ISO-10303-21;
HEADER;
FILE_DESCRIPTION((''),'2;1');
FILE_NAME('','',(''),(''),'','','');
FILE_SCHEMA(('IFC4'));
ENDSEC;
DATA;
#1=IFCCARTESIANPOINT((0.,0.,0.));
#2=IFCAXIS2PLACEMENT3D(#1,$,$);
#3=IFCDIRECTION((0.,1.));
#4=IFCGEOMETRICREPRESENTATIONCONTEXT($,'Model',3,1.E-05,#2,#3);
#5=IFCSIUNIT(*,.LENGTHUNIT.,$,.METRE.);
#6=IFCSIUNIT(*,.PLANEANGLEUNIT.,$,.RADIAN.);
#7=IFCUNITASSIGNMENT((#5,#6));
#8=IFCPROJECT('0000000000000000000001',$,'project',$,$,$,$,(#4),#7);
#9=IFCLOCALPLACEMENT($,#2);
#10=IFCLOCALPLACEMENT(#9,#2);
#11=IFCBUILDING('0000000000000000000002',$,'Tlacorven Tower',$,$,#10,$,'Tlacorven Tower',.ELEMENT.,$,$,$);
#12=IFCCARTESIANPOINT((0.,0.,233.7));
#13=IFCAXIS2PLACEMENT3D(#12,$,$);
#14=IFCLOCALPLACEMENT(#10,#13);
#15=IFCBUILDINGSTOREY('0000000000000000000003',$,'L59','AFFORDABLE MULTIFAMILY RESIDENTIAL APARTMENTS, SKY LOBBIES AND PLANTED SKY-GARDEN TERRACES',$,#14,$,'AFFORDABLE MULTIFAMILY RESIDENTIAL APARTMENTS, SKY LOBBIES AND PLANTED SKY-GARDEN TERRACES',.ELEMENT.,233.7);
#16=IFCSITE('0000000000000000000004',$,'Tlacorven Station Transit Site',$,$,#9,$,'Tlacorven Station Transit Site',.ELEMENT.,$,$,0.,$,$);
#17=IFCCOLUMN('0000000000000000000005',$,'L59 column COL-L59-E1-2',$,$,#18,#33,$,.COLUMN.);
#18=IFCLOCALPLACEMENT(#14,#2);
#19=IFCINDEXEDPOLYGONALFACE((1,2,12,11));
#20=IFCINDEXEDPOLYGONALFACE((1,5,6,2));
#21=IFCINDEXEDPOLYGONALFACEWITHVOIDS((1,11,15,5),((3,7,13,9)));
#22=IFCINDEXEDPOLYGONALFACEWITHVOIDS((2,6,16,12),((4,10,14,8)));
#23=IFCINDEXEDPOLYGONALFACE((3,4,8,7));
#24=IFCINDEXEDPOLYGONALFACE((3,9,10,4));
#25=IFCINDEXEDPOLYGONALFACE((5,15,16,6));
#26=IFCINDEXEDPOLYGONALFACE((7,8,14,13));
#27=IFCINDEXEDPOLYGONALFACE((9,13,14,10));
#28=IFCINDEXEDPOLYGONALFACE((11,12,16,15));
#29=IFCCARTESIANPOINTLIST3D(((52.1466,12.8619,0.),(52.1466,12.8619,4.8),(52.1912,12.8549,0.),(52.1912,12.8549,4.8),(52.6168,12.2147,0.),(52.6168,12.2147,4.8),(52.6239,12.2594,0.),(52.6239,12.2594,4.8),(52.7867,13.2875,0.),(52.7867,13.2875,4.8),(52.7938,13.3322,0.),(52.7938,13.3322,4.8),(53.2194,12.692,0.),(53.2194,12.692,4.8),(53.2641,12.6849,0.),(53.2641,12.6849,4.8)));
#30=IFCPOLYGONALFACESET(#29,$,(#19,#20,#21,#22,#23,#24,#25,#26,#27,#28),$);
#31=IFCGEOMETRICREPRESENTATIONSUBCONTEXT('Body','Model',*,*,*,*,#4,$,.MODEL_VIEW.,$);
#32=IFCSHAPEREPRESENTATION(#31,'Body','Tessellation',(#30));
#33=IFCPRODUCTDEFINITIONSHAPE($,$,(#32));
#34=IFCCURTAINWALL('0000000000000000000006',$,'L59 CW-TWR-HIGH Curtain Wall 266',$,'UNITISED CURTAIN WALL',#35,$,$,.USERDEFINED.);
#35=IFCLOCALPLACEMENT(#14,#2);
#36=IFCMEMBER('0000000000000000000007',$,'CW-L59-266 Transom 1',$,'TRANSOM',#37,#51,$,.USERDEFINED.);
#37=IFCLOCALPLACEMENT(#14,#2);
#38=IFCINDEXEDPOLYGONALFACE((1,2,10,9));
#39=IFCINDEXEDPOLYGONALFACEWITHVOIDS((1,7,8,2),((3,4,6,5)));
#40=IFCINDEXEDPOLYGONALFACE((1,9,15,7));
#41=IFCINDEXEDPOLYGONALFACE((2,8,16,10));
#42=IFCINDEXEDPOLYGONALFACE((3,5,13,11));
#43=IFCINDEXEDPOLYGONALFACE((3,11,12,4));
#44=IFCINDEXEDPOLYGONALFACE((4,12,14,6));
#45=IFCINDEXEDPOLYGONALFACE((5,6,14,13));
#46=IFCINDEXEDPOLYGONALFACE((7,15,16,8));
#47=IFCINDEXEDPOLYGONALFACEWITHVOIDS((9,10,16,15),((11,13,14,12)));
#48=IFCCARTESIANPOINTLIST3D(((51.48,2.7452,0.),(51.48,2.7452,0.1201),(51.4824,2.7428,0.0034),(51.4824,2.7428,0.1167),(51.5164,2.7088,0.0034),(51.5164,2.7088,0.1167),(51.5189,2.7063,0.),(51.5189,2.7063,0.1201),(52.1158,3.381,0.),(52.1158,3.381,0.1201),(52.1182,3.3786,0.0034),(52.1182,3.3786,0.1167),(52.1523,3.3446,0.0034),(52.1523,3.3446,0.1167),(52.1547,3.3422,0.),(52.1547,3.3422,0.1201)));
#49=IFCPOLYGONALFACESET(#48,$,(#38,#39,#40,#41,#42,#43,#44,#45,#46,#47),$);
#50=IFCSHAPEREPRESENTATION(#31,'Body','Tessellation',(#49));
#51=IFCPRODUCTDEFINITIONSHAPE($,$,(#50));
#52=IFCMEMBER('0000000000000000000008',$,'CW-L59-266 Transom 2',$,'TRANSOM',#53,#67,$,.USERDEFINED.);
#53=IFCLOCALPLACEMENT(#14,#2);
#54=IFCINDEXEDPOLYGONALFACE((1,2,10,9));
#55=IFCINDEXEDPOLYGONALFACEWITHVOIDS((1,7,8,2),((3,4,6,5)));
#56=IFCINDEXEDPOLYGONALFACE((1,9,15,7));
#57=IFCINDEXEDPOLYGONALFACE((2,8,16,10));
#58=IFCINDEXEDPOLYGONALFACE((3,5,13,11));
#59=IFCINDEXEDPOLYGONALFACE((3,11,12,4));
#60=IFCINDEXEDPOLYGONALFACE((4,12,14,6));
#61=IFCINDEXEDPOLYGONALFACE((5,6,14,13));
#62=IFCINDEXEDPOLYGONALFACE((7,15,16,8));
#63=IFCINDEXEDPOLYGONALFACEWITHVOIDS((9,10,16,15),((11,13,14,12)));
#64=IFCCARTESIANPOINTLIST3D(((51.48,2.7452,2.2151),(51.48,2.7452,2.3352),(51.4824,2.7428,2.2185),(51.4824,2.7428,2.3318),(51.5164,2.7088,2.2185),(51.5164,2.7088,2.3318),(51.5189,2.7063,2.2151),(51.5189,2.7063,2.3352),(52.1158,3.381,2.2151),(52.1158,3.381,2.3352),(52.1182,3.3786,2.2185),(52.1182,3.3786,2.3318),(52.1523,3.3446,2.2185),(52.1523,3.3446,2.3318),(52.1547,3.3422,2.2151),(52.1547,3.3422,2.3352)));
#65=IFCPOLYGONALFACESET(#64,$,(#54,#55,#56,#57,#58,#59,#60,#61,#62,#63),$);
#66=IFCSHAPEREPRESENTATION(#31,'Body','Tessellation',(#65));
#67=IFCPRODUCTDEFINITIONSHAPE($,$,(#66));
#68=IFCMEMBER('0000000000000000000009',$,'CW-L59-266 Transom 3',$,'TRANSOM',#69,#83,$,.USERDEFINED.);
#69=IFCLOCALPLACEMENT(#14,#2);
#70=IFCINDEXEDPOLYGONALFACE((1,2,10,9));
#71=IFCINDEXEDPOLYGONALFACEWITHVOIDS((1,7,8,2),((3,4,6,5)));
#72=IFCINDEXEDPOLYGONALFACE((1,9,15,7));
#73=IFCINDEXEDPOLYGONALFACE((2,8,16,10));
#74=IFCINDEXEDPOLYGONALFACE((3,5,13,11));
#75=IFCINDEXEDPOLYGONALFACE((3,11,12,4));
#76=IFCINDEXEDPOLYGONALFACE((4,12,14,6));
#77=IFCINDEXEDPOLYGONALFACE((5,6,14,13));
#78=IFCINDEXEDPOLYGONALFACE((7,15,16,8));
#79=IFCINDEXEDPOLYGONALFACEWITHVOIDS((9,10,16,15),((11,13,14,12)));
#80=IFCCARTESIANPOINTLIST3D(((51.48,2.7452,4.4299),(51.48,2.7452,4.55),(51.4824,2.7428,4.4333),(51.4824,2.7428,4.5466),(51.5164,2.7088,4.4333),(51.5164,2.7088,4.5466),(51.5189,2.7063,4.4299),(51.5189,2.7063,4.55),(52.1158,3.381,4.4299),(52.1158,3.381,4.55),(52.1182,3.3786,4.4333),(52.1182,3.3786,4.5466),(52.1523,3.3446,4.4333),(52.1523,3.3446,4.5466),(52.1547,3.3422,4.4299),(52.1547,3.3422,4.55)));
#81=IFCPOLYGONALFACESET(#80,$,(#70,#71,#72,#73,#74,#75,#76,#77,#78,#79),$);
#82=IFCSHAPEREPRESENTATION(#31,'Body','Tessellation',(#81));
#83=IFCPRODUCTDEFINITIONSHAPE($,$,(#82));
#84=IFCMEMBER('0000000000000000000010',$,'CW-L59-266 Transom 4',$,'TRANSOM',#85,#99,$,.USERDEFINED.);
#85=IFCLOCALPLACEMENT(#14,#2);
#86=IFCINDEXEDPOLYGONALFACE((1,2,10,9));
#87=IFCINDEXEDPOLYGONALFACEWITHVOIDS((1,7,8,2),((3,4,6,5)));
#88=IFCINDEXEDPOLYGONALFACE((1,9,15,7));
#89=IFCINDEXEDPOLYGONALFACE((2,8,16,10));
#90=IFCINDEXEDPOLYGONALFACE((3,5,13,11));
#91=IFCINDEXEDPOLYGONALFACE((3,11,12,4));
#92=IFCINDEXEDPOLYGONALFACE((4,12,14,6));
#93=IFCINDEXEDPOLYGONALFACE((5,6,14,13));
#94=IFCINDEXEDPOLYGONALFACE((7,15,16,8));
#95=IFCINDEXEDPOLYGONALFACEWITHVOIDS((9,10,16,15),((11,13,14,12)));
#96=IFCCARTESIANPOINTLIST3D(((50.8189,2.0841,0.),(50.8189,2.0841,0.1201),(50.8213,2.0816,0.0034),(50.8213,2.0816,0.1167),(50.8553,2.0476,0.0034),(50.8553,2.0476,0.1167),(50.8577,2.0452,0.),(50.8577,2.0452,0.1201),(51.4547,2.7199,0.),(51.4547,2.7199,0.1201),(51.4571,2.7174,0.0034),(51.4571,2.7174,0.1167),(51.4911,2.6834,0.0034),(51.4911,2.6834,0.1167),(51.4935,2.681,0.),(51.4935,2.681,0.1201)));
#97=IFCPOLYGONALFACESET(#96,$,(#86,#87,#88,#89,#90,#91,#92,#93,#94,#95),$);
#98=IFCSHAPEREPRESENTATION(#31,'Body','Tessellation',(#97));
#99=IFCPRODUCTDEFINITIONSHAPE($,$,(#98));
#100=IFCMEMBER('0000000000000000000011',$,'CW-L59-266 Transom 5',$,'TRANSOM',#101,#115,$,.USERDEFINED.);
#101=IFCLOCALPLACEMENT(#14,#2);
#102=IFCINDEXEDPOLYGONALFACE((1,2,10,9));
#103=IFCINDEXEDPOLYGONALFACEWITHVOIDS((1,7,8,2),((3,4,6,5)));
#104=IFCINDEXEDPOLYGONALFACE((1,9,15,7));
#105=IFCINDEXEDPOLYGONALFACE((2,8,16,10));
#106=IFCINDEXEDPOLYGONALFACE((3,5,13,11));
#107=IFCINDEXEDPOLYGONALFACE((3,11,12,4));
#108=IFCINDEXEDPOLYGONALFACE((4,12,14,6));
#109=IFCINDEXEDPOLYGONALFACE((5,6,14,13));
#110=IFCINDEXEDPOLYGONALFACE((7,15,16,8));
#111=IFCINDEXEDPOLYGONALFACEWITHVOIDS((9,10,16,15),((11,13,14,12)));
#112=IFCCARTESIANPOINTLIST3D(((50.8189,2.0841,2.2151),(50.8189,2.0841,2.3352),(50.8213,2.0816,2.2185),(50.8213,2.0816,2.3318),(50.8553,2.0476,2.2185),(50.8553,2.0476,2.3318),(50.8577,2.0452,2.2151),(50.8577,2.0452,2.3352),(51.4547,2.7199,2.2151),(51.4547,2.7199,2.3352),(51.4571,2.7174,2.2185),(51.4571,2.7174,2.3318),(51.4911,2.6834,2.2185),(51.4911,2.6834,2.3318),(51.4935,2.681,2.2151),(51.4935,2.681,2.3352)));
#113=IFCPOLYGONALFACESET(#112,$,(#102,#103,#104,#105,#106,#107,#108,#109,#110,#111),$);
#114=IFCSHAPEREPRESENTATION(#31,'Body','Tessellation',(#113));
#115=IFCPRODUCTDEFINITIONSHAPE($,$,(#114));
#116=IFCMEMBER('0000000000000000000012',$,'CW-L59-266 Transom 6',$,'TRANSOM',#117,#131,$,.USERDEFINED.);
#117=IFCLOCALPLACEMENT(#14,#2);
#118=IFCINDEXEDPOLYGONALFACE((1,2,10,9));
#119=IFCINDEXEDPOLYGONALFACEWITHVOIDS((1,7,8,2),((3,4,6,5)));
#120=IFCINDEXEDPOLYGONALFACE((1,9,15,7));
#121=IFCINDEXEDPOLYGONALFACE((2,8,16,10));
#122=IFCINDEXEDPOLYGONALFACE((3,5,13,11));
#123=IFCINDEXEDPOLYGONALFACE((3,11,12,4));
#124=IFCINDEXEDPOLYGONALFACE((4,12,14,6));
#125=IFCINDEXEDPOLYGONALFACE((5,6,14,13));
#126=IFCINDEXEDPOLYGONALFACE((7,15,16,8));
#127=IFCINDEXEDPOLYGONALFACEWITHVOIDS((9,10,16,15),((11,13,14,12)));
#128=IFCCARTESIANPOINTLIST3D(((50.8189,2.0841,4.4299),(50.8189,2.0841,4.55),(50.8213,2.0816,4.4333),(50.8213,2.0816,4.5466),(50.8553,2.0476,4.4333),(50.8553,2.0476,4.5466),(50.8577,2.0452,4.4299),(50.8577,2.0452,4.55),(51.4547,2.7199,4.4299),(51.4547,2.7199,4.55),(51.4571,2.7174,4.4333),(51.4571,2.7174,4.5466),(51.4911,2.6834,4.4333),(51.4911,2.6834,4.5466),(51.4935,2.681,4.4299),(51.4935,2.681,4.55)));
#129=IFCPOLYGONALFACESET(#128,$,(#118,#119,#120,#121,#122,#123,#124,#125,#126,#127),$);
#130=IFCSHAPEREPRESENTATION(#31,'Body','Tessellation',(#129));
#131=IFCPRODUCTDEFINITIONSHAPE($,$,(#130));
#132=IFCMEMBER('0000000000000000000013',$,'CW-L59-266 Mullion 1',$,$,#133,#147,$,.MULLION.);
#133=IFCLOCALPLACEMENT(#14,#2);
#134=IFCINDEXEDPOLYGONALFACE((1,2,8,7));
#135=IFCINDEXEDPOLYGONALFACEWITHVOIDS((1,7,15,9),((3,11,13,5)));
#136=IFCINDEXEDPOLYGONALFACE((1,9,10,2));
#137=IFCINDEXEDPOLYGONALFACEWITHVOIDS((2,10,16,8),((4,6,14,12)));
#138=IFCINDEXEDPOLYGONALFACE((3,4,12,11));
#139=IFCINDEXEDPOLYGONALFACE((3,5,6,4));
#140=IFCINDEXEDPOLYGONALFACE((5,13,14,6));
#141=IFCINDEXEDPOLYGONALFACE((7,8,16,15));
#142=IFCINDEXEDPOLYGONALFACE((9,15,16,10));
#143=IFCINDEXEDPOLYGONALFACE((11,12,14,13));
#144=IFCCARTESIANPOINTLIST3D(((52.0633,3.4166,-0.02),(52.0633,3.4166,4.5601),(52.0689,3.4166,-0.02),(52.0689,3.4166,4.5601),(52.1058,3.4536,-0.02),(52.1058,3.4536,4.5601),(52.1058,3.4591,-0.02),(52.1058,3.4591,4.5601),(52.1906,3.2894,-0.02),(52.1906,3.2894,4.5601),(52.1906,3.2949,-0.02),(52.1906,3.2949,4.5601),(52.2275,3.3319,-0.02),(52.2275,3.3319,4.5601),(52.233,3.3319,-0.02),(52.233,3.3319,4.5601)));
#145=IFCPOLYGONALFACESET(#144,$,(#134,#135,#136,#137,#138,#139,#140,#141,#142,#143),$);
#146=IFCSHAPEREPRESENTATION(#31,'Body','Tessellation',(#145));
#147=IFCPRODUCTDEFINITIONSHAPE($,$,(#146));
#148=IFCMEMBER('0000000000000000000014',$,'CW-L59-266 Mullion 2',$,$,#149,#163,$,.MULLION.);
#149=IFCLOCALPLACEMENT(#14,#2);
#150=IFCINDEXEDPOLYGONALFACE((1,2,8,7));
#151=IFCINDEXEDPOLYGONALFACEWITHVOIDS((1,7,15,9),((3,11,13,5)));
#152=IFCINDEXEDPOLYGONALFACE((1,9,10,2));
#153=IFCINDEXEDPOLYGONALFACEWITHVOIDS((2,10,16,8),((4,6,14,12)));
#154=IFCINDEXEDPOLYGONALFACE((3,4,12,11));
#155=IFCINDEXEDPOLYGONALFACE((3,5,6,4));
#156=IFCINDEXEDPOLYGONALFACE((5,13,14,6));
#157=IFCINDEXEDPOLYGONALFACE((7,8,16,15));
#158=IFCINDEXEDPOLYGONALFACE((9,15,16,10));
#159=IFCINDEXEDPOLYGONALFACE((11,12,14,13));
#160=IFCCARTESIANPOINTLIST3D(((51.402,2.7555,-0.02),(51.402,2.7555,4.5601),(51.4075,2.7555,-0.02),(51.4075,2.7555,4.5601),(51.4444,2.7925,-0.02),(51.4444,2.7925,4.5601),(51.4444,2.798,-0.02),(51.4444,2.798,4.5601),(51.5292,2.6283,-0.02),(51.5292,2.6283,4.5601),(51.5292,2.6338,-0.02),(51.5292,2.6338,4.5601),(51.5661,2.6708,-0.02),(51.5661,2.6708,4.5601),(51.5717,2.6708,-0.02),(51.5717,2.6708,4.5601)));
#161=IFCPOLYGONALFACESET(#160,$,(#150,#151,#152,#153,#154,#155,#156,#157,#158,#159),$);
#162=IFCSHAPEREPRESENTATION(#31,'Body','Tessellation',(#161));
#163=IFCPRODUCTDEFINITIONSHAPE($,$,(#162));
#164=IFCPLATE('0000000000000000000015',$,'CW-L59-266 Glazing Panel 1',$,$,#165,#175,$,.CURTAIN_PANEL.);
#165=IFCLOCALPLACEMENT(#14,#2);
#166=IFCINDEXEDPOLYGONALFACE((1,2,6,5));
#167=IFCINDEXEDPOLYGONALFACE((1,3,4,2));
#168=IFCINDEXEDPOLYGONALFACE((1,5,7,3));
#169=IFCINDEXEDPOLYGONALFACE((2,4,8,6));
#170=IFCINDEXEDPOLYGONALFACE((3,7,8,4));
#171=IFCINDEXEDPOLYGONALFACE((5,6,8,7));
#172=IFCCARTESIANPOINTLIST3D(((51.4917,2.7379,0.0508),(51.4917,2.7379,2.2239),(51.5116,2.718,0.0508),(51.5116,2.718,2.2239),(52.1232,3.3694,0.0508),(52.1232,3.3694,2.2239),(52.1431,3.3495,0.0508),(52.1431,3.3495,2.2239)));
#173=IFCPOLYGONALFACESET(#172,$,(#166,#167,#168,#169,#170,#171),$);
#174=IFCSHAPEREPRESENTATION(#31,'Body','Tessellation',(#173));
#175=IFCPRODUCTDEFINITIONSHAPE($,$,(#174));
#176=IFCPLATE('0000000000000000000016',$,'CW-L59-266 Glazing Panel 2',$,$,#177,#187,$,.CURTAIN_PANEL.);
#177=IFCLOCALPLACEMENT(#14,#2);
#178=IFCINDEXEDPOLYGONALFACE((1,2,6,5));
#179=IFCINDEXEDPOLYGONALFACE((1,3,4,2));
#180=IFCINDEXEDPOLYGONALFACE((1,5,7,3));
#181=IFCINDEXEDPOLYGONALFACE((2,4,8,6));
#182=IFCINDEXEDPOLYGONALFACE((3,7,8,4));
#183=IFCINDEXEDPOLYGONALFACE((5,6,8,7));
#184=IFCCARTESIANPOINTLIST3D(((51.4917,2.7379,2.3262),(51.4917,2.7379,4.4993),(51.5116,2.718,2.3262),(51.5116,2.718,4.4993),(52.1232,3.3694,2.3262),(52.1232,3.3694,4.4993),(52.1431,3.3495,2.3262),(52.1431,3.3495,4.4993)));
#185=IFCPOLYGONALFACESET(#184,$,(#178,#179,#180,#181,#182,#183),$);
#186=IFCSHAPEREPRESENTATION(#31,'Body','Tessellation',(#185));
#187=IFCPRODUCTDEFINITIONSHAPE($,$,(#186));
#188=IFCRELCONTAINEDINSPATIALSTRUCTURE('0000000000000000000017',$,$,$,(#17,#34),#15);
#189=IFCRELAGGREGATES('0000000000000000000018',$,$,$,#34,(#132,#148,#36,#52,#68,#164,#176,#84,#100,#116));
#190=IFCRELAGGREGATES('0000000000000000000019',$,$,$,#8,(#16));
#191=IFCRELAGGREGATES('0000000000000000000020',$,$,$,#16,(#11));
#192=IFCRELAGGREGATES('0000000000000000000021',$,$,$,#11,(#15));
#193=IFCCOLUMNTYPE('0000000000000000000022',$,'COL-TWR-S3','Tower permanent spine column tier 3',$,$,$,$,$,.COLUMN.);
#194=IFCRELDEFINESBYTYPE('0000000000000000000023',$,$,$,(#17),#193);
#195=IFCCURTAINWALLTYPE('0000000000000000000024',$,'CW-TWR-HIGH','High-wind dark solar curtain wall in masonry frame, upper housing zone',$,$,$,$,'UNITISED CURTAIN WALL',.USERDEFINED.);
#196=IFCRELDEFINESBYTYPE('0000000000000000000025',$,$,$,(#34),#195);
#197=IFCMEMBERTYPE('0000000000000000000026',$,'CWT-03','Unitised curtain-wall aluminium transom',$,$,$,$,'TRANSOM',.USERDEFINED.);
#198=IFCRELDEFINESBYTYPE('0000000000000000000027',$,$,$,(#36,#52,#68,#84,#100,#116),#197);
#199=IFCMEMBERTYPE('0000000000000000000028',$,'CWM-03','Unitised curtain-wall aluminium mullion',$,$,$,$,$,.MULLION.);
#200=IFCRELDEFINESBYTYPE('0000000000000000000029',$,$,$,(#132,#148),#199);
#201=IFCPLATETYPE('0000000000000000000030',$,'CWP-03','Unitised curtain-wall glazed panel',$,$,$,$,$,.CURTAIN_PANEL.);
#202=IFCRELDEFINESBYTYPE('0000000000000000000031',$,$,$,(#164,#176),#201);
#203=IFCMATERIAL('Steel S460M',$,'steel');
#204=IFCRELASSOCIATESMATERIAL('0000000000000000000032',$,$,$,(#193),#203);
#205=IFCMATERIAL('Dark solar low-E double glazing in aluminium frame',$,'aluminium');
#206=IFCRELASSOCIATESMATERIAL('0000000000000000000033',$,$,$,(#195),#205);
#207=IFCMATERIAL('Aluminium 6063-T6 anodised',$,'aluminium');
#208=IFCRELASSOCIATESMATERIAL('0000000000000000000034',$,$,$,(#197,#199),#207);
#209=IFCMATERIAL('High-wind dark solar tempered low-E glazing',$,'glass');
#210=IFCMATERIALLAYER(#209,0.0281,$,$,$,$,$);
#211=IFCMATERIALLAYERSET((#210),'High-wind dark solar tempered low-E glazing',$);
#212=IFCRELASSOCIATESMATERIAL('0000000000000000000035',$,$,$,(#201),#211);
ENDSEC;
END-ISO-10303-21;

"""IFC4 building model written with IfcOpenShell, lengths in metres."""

from ifc_helpers import new_model, si_unit, direction, frame, origin, origin_2d, place, context, subcontext, project, spatial, rectangle, hollow_rectangle, extrude, source, transform, mapped, material, layer, layer_set, material_profile, profile_set, type_object, element, aggregate, save


model = new_model("IFC4")

# Units and contexts
model_context = context("Model", 3, precision=1e-05, world=origin(), true_north=direction((0.0, 1.0)))
body_context = subcontext(model_context, "Body", "Model", "MODEL_VIEW")
ifc_project = project(units=[si_unit("LENGTHUNIT", "METRE"), si_unit("PLANEANGLEUNIT", "RADIAN")], contexts=[model_context])

# Site, building, storey
site_placement = place(None, origin())
site = spatial("IfcSite", under=ifc_project, at=site_placement, Name="Tlacorven Station Transit Site", LongName="Tlacorven Station Transit Site", CompositionType="ELEMENT", RefElevation=0.0)
building_placement = place(site_placement, origin())
building = spatial("IfcBuilding", under=site, at=building_placement, Name="Tlacorven Tower", LongName="Tlacorven Tower", CompositionType="ELEMENT")
storey_placement = place(building_placement, frame((0.0, 0.0, 233.7)))
storey = spatial("IfcBuildingStorey", under=building, at=storey_placement, Name="L59", Description="AFFORDABLE MULTIFAMILY RESIDENTIAL APARTMENTS, SKY LOBBIES AND PLANTED SKY-GARDEN TERRACES", LongName="AFFORDABLE MULTIFAMILY RESIDENTIAL APARTMENTS, SKY LOBBIES AND PLANTED SKY-GARDEN TERRACES", CompositionType="ELEMENT", Elevation=233.7)

# Column
ifc_material_1 = material(Name="Steel S460M", Category="steel")
ifc_material_profile_1 = material_profile(ifc_material_1, hollow_rectangle(XDim=0.8, YDim=0.8, WallThickness=0.032, at=origin_2d()), Name="BOX 800X800X32")
ifc_profile_set_1 = profile_set([ifc_material_profile_1], Name="Steel S460M")
column_type = type_object("IfcColumnType", Name="COL-TWR-S3", Description="Tower permanent spine column tier 3", PredefinedType="COLUMN", material=ifc_profile_set_1)
shared_shape_1 = source(origin(), body_context, "Body", "SweptSolid", [
    extrude(hollow_rectangle(XDim=0.8, YDim=0.8, WallThickness=0.032, at=origin_2d()), origin(), (0.0, 0.0, 1.0), 4.8),
])
column_placement = place(storey_placement, frame((52.7053, 12.7734, 0.0), z_axis=(0.0, 0.0, 1.0), x_axis=(0.809017, 0.587785, 0.0)))
element("IfcColumn", 1, at=column_placement, inside=storey, type_object=column_type, Name="L59 column COL-L59-E1-2", PredefinedType="COLUMN", context=body_context, shape_type="MappedRepresentation", body=[
    mapped(shared_shape_1, transform((0.0, 0.0, 0.0), scale=1.0)),
])

# Curtain wall, members, plates
ifc_material_2 = material(Name="Dark solar low-E double glazing in aluminium frame", Category="aluminium")
curtain_wall_type = type_object("IfcCurtainWallType", Name="CW-TWR-HIGH", Description="High-wind dark solar curtain wall in masonry frame, upper housing zone", ElementType="UNITISED CURTAIN WALL", PredefinedType="USERDEFINED", material=ifc_material_2)
curtain_wall_placement = place(storey_placement, origin())
curtain_wall = element("IfcCurtainWall", 2, at=curtain_wall_placement, inside=storey, type_object=curtain_wall_type, Name="L59 CW-TWR-HIGH Curtain Wall 266", ObjectType="UNITISED CURTAIN WALL", PredefinedType="USERDEFINED")
ifc_material_3 = material(Name="Aluminium 6063-T6 anodised", Category="aluminium")
ifc_material_profile_2 = material_profile(ifc_material_3, hollow_rectangle(XDim=0.0549, YDim=0.1201, WallThickness=0.0034, at=origin_2d()), Name="ALU TRANSOM 55X120")
ifc_profile_set_2 = profile_set([ifc_material_profile_2], Name="Aluminium 6063-T6 anodised")
member_type_1 = type_object("IfcMemberType", Name="CWT-03", Description="Unitised curtain-wall aluminium transom", ElementType="TRANSOM", PredefinedType="USERDEFINED", material=ifc_profile_set_2)
shared_shape_2 = source(origin(), body_context, "Body", "SweptSolid", [
    extrude(hollow_rectangle(XDim=0.0549, YDim=0.1201, WallThickness=0.0034, at=origin_2d()), origin(), (0.0, 0.0, 1.0), 0.8992),
])
member_1_placement = place(storey_placement, frame((52.1353, 3.3616, 0.0601), z_axis=(-0.707107, -0.707107, 0.0), x_axis=(0.707107, -0.707107, 0.0)))
member_1 = element("IfcMember", 3, at=member_1_placement, type_object=member_type_1, Name="CW-L59-266 Transom 1", ObjectType="TRANSOM", PredefinedType="USERDEFINED", context=body_context, shape_type="MappedRepresentation", body=[
    mapped(shared_shape_2, transform((0.0, 0.0, 0.0), scale=1.0)),
])
member_2_placement = place(storey_placement, frame((52.1353, 3.3616, 2.2751), z_axis=(-0.707107, -0.707107, 0.0), x_axis=(0.707107, -0.707107, 0.0)))
member_2 = element("IfcMember", 4, at=member_2_placement, type_object=member_type_1, Name="CW-L59-266 Transom 2", ObjectType="TRANSOM", PredefinedType="USERDEFINED", context=body_context, shape_type="MappedRepresentation", body=[
    mapped(shared_shape_2, transform((0.0, 0.0, 0.0), scale=1.0)),
])
member_3_placement = place(storey_placement, frame((52.1353, 3.3616, 4.49), z_axis=(-0.707107, -0.707107, 0.0), x_axis=(0.707107, -0.707107, 0.0)))
member_3 = element("IfcMember", 5, at=member_3_placement, type_object=member_type_1, Name="CW-L59-266 Transom 3", ObjectType="TRANSOM", PredefinedType="USERDEFINED", context=body_context, shape_type="MappedRepresentation", body=[
    mapped(shared_shape_2, transform((0.0, 0.0, 0.0), scale=1.0)),
])
member_4_placement = place(storey_placement, frame((51.4741, 2.7004, 0.0601), z_axis=(-0.707107, -0.707107, 0.0), x_axis=(0.707107, -0.707107, 0.0)))
member_4 = element("IfcMember", 6, at=member_4_placement, type_object=member_type_1, Name="CW-L59-266 Transom 4", ObjectType="TRANSOM", PredefinedType="USERDEFINED", context=body_context, shape_type="MappedRepresentation", body=[
    mapped(shared_shape_2, transform((0.0, 0.0, 0.0), scale=1.0)),
])
member_5_placement = place(storey_placement, frame((51.4741, 2.7004, 2.2751), z_axis=(-0.707107, -0.707107, 0.0), x_axis=(0.707107, -0.707107, 0.0)))
member_5 = element("IfcMember", 7, at=member_5_placement, type_object=member_type_1, Name="CW-L59-266 Transom 5", ObjectType="TRANSOM", PredefinedType="USERDEFINED", context=body_context, shape_type="MappedRepresentation", body=[
    mapped(shared_shape_2, transform((0.0, 0.0, 0.0), scale=1.0)),
])
member_6_placement = place(storey_placement, frame((51.4741, 2.7004, 4.49), z_axis=(-0.707107, -0.707107, 0.0), x_axis=(0.707107, -0.707107, 0.0)))
member_6 = element("IfcMember", 8, at=member_6_placement, type_object=member_type_1, Name="CW-L59-266 Transom 6", ObjectType="TRANSOM", PredefinedType="USERDEFINED", context=body_context, shape_type="MappedRepresentation", body=[
    mapped(shared_shape_2, transform((0.0, 0.0, 0.0), scale=1.0)),
])
ifc_material_profile_3 = material_profile(ifc_material_3, hollow_rectangle(XDim=0.0601, YDim=0.1799, WallThickness=0.0039, at=origin_2d()), Name="ALU MULLION 60X180")
ifc_profile_set_3 = profile_set([ifc_material_profile_3], Name="Aluminium 6063-T6 anodised")
member_type_2 = type_object("IfcMemberType", Name="CWM-03", Description="Unitised curtain-wall aluminium mullion", PredefinedType="MULLION", material=ifc_profile_set_3)
shared_shape_3 = source(origin(), body_context, "Body", "SweptSolid", [
    extrude(hollow_rectangle(XDim=0.0601, YDim=0.1799, WallThickness=0.0039, at=origin_2d()), origin(), (0.0, 0.0, 1.0), 4.5801),
])
member_7_placement = place(storey_placement, frame((52.1482, 3.3743, -0.02), z_axis=(0.0, 0.0, 1.0), x_axis=(-0.707107, -0.707107, 0.0)))
member_7 = element("IfcMember", 9, at=member_7_placement, type_object=member_type_2, Name="CW-L59-266 Mullion 1", PredefinedType="MULLION", context=body_context, shape_type="MappedRepresentation", body=[
    mapped(shared_shape_3, transform((0.0, 0.0, 0.0), scale=1.0)),
])
member_8_placement = place(storey_placement, frame((51.4868, 2.7131, -0.02), z_axis=(0.0, 0.0, 1.0), x_axis=(-0.707107, -0.707107, 0.0)))
member_8 = element("IfcMember", 10, at=member_8_placement, type_object=member_type_2, Name="CW-L59-266 Mullion 2", PredefinedType="MULLION", context=body_context, shape_type="MappedRepresentation", body=[
    mapped(shared_shape_3, transform((0.0, 0.0, 0.0), scale=1.0)),
])
ifc_material_4 = material(Name="High-wind dark solar tempered low-E glazing", Category="glass")
ifc_layer_1 = layer(ifc_material_4, 0.0281)
ifc_layer_set_1 = layer_set([ifc_layer_1], Name="High-wind dark solar tempered low-E glazing")
plate_type = type_object("IfcPlateType", Name="CWP-03", Description="Unitised curtain-wall glazed panel", PredefinedType="CURTAIN_PANEL", material=ifc_layer_set_1)
shared_shape_4 = source(origin(), body_context, "Body", "SweptSolid", [
    extrude(rectangle(XDim=0.8931, YDim=0.0281, at=origin_2d()), origin(), (0.0, 0.0, 1.0), 2.1731),
])
plate_1_placement = place(storey_placement, frame((51.8174, 3.0437, 0.0508), z_axis=(0.0, 0.0, 1.0), x_axis=(-0.707107, -0.707107, 0.0)))
plate_1 = element("IfcPlate", 11, at=plate_1_placement, type_object=plate_type, Name="CW-L59-266 Glazing Panel 1", PredefinedType="CURTAIN_PANEL", context=body_context, shape_type="MappedRepresentation", body=[
    mapped(shared_shape_4, transform((0.0, 0.0, 0.0), scale=1.0)),
])
plate_2_placement = place(storey_placement, frame((51.8174, 3.0437, 2.3262), z_axis=(0.0, 0.0, 1.0), x_axis=(-0.707107, -0.707107, 0.0)))
plate_2 = element("IfcPlate", 12, at=plate_2_placement, type_object=plate_type, Name="CW-L59-266 Glazing Panel 2", PredefinedType="CURTAIN_PANEL", context=body_context, shape_type="MappedRepresentation", body=[
    mapped(shared_shape_4, transform((0.0, 0.0, 0.0), scale=1.0)),
])
aggregate(curtain_wall, [member_7, member_8, member_1, member_2, member_3, plate_1, plate_2, member_4, member_5, member_6])

save(model, "model.ifc")
